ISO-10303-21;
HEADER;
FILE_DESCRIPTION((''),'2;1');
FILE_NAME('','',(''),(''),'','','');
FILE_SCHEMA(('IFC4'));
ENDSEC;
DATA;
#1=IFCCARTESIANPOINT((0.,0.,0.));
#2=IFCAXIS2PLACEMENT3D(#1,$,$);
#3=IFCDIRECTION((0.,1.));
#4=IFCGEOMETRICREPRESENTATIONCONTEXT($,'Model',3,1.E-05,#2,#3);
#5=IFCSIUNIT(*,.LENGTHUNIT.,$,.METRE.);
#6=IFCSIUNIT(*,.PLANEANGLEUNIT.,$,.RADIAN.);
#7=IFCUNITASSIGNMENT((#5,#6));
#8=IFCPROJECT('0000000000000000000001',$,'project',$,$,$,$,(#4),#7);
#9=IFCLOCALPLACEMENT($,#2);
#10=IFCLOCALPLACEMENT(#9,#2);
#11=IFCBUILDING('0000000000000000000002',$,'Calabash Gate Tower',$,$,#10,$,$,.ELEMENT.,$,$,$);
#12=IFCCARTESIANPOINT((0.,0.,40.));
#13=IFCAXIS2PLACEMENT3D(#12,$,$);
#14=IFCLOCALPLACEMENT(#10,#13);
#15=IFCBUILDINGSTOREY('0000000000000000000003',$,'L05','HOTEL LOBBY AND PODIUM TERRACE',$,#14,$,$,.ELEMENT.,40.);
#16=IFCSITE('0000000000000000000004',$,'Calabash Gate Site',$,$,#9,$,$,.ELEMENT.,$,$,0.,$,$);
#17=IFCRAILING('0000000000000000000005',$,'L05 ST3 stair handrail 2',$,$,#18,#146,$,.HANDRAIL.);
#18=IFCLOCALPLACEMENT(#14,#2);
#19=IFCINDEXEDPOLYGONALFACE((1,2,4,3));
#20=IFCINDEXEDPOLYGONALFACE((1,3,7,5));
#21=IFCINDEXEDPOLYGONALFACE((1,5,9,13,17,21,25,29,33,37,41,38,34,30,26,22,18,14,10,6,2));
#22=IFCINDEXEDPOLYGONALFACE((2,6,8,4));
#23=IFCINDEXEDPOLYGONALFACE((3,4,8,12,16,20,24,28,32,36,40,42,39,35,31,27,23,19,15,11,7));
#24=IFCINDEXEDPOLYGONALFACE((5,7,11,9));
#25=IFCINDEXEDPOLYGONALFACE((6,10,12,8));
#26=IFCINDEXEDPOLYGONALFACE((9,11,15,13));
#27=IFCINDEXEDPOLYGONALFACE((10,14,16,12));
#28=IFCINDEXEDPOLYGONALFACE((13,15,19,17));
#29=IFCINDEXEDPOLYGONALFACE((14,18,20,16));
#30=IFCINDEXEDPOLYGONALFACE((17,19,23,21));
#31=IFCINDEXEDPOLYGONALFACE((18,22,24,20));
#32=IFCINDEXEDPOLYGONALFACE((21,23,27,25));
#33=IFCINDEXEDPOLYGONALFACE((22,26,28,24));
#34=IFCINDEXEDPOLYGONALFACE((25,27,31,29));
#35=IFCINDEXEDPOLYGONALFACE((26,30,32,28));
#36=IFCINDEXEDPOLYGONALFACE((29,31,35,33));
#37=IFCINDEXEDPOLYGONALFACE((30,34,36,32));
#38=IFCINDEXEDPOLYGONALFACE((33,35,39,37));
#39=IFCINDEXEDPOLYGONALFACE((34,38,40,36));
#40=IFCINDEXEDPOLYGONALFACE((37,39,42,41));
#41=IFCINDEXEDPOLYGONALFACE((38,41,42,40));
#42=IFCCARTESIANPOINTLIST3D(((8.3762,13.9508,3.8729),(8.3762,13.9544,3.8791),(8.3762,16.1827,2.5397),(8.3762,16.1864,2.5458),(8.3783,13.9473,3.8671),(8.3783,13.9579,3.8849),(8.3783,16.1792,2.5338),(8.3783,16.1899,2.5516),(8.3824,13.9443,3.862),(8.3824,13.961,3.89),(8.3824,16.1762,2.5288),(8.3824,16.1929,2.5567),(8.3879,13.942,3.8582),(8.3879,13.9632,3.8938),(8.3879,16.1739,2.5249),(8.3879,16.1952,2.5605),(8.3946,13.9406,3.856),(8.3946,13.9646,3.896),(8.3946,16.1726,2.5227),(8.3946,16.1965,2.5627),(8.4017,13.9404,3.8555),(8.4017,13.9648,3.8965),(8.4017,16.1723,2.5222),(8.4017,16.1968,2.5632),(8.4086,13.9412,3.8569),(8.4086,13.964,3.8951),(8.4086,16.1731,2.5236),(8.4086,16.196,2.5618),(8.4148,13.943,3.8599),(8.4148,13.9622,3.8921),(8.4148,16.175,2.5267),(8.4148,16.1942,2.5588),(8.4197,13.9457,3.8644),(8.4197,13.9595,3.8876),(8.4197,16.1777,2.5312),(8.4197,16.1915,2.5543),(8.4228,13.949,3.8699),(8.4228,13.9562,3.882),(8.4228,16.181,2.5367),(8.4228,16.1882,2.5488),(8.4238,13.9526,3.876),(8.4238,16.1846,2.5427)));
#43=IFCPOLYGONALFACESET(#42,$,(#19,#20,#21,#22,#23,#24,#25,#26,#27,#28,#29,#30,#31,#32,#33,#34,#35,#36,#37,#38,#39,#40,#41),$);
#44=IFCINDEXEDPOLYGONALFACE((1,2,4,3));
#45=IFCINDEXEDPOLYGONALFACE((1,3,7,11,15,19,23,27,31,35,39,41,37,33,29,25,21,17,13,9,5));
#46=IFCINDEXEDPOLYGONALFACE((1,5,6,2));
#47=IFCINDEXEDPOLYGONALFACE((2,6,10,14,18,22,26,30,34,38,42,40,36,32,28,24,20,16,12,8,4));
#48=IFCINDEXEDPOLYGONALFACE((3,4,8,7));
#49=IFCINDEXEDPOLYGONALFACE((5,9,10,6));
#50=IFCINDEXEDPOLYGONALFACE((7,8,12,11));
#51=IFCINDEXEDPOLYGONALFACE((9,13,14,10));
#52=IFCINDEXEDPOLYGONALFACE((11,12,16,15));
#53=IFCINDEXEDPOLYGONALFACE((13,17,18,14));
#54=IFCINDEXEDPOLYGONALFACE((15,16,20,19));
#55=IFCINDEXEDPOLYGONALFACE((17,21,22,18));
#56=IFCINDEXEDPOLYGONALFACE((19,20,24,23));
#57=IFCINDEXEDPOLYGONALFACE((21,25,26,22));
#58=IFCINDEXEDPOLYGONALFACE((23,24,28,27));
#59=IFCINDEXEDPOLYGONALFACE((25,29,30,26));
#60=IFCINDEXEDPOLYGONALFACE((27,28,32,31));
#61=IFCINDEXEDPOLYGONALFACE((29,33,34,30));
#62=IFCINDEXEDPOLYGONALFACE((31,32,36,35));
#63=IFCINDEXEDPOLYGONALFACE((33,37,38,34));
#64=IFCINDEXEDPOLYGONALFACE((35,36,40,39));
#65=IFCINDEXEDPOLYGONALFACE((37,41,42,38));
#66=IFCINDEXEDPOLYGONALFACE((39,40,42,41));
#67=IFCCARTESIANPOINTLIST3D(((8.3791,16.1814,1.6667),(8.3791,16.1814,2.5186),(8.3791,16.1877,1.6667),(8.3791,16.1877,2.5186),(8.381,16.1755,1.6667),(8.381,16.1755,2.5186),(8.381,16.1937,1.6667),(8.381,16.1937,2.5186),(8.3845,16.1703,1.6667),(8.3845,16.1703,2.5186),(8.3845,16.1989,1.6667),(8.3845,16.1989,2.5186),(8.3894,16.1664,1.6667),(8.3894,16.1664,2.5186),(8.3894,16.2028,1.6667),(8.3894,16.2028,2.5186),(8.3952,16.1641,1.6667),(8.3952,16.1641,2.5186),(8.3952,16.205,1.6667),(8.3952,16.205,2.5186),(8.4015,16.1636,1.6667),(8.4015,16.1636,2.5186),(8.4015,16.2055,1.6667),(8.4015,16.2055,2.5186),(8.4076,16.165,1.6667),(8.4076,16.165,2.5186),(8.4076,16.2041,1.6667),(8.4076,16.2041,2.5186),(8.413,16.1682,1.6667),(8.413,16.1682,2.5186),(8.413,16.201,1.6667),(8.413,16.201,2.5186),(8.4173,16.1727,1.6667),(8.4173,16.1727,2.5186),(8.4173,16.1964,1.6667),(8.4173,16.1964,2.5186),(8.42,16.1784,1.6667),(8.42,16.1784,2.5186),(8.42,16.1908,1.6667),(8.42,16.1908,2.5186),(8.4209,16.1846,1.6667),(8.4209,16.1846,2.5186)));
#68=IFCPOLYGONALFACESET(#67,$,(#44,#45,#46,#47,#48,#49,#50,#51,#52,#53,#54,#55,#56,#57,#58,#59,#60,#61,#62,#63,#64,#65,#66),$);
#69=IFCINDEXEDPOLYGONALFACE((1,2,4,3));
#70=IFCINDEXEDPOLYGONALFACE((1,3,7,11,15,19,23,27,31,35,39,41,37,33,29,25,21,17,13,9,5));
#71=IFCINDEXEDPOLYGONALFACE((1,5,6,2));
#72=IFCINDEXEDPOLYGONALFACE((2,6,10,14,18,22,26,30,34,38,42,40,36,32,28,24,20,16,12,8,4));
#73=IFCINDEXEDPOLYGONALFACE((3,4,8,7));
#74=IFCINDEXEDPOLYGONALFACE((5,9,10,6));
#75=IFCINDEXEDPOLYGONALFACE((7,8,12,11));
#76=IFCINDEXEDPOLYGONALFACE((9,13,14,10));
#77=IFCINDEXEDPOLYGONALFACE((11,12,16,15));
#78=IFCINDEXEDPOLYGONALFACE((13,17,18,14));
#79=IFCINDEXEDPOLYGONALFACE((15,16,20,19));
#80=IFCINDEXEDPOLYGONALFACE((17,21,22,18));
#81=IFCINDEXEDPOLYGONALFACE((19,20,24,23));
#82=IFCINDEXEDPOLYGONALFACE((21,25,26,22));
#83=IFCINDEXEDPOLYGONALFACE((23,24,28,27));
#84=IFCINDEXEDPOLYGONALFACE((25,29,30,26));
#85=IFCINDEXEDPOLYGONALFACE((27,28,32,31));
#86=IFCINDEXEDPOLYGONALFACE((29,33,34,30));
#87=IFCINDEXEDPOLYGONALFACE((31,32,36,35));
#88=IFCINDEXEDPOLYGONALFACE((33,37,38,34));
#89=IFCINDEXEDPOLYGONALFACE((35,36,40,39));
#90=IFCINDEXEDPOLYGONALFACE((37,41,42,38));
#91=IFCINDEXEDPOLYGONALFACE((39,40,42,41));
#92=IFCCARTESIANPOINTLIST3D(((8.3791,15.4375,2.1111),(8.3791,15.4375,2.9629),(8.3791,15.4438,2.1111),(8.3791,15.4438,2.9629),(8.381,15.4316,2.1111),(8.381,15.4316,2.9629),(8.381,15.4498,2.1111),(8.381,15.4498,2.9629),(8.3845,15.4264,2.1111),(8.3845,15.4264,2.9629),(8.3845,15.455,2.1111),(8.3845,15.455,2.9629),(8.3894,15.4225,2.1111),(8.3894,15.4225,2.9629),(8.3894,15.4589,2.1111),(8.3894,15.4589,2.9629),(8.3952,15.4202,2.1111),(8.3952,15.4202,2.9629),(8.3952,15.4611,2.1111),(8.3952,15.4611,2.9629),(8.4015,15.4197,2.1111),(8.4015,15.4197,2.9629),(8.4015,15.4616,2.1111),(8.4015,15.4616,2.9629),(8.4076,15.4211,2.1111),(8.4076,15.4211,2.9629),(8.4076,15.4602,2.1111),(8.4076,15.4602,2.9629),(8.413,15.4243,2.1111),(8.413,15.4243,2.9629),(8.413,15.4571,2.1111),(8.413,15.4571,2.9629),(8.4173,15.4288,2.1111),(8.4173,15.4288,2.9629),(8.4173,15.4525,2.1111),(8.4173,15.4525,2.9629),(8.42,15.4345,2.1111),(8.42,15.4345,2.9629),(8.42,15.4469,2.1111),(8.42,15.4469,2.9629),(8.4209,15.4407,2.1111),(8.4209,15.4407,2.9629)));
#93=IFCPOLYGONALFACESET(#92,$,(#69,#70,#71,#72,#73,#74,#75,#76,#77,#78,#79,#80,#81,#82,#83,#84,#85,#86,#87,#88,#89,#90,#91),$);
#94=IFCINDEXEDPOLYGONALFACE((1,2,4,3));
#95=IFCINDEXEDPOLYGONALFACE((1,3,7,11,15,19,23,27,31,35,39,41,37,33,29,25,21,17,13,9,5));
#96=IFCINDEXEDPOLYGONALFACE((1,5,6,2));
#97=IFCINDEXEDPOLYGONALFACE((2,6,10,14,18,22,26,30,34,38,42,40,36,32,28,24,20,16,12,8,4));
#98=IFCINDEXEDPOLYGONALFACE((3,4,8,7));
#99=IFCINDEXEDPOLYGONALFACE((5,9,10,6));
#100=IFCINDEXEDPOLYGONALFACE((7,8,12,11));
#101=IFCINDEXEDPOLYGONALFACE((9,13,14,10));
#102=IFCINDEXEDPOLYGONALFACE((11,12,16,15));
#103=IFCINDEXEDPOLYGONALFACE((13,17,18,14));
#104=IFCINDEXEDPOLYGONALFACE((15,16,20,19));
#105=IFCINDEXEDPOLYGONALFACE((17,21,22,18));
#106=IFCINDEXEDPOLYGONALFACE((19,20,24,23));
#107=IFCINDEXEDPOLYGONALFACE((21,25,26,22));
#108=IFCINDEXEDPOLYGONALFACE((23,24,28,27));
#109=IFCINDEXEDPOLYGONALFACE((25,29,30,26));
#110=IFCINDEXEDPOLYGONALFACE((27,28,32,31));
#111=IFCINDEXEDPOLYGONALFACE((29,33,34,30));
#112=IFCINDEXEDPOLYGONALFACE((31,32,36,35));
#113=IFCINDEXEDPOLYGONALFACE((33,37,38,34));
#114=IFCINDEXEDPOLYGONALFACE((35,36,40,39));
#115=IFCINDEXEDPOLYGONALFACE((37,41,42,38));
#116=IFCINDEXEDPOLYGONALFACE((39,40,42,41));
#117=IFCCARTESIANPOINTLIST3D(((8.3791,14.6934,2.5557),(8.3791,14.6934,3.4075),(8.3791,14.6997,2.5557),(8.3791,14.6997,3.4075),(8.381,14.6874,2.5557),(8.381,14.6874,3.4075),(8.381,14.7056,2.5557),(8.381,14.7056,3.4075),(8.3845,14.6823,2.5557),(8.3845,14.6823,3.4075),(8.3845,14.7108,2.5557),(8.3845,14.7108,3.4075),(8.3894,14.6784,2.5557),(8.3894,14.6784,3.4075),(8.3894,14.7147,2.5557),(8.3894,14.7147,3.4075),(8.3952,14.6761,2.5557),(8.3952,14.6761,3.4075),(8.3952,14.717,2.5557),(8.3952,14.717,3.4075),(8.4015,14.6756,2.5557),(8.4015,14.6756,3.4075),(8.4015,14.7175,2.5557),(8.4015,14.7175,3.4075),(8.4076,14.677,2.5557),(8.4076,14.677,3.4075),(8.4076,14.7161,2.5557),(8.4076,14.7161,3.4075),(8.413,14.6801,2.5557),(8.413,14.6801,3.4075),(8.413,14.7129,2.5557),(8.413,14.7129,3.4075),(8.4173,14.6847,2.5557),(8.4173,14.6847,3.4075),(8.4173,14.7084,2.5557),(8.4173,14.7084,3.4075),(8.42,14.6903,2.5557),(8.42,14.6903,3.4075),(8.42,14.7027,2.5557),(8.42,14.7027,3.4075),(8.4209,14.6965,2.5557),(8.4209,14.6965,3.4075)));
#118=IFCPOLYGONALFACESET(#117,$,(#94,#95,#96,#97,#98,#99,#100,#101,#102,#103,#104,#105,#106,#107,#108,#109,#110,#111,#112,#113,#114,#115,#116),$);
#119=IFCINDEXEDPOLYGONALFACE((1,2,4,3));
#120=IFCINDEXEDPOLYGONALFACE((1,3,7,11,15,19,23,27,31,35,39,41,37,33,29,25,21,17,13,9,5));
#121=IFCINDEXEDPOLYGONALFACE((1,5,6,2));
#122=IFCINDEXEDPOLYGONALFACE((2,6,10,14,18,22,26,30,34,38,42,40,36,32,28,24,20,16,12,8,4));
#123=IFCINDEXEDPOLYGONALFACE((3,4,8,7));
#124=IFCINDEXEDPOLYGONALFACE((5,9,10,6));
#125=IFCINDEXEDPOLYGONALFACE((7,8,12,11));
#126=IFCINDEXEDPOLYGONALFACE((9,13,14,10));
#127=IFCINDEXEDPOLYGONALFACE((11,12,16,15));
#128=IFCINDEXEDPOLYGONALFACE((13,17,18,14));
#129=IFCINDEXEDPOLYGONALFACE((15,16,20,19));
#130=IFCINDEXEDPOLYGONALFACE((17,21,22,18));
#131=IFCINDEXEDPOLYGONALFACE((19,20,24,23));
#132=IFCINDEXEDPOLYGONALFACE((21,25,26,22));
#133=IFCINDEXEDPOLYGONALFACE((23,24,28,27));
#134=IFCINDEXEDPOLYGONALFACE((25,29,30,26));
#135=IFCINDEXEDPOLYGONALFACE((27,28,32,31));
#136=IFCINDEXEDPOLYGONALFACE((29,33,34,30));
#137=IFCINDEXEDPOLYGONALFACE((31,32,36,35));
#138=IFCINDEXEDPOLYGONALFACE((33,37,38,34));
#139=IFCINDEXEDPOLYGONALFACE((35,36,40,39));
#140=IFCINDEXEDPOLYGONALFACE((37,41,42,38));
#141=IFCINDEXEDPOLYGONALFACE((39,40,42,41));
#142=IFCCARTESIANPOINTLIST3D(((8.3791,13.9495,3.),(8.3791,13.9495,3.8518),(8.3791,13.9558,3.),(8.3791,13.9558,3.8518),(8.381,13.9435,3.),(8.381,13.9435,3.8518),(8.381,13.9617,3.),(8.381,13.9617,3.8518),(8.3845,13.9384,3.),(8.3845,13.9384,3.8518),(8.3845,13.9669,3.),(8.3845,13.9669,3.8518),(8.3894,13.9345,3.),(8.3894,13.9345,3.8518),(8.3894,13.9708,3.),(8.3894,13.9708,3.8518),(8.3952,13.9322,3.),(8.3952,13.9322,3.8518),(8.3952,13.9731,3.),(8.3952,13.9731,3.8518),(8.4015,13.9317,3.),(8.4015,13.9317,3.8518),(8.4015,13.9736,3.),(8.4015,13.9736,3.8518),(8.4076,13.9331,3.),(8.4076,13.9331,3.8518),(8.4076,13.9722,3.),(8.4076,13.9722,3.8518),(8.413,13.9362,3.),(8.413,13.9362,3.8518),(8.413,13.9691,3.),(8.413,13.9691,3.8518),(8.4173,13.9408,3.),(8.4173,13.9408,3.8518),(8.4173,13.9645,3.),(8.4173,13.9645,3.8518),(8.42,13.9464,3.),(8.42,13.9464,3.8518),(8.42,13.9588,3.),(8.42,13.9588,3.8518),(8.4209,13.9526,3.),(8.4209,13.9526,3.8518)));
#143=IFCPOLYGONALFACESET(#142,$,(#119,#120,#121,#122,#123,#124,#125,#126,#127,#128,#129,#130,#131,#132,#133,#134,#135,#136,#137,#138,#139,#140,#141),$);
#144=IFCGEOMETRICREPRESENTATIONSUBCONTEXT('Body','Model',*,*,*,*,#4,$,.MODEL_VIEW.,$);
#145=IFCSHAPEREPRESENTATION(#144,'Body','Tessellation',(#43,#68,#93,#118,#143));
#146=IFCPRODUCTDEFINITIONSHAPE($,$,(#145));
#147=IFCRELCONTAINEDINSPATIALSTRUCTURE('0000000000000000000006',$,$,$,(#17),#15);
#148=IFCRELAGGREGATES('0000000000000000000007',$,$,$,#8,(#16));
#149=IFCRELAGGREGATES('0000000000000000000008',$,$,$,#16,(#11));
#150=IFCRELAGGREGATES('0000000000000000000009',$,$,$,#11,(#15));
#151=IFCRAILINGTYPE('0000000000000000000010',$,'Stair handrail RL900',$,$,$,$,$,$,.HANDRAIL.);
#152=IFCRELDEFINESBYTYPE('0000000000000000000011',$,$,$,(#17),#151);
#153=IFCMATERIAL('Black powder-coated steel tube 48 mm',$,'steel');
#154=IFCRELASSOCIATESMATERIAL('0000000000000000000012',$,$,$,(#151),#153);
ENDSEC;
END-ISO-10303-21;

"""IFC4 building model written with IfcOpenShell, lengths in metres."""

from ifc_helpers import new_model, si_unit, direction, frame, origin, origin_2d, place, context, subcontext, project, spatial, circle, extrude, material, type_object, element, save


model = new_model("IFC4")

# Units and contexts
model_context = context("Model", 3, precision=1e-05, world=origin(), true_north=direction((0.0, 1.0)))
body_context = subcontext(model_context, "Body", "Model", "MODEL_VIEW")
ifc_project = project(units=[si_unit("LENGTHUNIT", "METRE"), si_unit("PLANEANGLEUNIT", "RADIAN")], contexts=[model_context])

# Site, building, storey
site_placement = place(None, origin())
site = spatial("IfcSite", under=ifc_project, at=site_placement, Name="Calabash Gate Site", CompositionType="ELEMENT", RefElevation=0.0)
building_placement = place(site_placement, origin())
building = spatial("IfcBuilding", under=site, at=building_placement, Name="Calabash Gate Tower", CompositionType="ELEMENT")
storey_placement = place(building_placement, frame((0.0, 0.0, 40.0)))
storey = spatial("IfcBuildingStorey", under=building, at=storey_placement, Name="L05", Description="HOTEL LOBBY AND PODIUM TERRACE", CompositionType="ELEMENT", Elevation=40.0)

# Railing
ifc_material_1 = material(Name="Black powder-coated steel tube 48 mm", Category="steel")
railing_type = type_object("IfcRailingType", Name="Stair handrail RL900", PredefinedType="HANDRAIL", material=ifc_material_1)
railing_1_placement = place(storey_placement, frame((8.3999, 16.1846, 1.6667)))
element("IfcRailing", 1, at=railing_1_placement, inside=storey, type_object=railing_type, Name="L05 ST3 stair handrail 2", PredefinedType="HANDRAIL", context=body_context, shape_type="SweptSolid", body=[
    extrude(circle(Radius=0.0239, at=origin_2d()), frame((0.0, 0.0, 0.876), z_axis=(0.0, -0.858494, 0.512824), x_axis=(1.0, 0.0, 0.0)), (0.0, 0.0, 1.0), 2.5999),
    extrude(circle(Radius=0.021, at=origin_2d()), origin(), (0.0, 0.0, 1.0), 0.8518),
    extrude(circle(Radius=0.021, at=origin_2d()), frame((0.0, -0.7439, 0.4443)), (0.0, 0.0, 1.0), 0.8518),
    extrude(circle(Radius=0.021, at=origin_2d()), frame((0.0, -1.488, 0.8889)), (0.0, 0.0, 1.0), 0.8518),
    extrude(circle(Radius=0.021, at=origin_2d()), frame((0.0, -2.2319, 1.3333)), (0.0, 0.0, 1.0), 0.8518),
])

save(model, "model.ifc")
